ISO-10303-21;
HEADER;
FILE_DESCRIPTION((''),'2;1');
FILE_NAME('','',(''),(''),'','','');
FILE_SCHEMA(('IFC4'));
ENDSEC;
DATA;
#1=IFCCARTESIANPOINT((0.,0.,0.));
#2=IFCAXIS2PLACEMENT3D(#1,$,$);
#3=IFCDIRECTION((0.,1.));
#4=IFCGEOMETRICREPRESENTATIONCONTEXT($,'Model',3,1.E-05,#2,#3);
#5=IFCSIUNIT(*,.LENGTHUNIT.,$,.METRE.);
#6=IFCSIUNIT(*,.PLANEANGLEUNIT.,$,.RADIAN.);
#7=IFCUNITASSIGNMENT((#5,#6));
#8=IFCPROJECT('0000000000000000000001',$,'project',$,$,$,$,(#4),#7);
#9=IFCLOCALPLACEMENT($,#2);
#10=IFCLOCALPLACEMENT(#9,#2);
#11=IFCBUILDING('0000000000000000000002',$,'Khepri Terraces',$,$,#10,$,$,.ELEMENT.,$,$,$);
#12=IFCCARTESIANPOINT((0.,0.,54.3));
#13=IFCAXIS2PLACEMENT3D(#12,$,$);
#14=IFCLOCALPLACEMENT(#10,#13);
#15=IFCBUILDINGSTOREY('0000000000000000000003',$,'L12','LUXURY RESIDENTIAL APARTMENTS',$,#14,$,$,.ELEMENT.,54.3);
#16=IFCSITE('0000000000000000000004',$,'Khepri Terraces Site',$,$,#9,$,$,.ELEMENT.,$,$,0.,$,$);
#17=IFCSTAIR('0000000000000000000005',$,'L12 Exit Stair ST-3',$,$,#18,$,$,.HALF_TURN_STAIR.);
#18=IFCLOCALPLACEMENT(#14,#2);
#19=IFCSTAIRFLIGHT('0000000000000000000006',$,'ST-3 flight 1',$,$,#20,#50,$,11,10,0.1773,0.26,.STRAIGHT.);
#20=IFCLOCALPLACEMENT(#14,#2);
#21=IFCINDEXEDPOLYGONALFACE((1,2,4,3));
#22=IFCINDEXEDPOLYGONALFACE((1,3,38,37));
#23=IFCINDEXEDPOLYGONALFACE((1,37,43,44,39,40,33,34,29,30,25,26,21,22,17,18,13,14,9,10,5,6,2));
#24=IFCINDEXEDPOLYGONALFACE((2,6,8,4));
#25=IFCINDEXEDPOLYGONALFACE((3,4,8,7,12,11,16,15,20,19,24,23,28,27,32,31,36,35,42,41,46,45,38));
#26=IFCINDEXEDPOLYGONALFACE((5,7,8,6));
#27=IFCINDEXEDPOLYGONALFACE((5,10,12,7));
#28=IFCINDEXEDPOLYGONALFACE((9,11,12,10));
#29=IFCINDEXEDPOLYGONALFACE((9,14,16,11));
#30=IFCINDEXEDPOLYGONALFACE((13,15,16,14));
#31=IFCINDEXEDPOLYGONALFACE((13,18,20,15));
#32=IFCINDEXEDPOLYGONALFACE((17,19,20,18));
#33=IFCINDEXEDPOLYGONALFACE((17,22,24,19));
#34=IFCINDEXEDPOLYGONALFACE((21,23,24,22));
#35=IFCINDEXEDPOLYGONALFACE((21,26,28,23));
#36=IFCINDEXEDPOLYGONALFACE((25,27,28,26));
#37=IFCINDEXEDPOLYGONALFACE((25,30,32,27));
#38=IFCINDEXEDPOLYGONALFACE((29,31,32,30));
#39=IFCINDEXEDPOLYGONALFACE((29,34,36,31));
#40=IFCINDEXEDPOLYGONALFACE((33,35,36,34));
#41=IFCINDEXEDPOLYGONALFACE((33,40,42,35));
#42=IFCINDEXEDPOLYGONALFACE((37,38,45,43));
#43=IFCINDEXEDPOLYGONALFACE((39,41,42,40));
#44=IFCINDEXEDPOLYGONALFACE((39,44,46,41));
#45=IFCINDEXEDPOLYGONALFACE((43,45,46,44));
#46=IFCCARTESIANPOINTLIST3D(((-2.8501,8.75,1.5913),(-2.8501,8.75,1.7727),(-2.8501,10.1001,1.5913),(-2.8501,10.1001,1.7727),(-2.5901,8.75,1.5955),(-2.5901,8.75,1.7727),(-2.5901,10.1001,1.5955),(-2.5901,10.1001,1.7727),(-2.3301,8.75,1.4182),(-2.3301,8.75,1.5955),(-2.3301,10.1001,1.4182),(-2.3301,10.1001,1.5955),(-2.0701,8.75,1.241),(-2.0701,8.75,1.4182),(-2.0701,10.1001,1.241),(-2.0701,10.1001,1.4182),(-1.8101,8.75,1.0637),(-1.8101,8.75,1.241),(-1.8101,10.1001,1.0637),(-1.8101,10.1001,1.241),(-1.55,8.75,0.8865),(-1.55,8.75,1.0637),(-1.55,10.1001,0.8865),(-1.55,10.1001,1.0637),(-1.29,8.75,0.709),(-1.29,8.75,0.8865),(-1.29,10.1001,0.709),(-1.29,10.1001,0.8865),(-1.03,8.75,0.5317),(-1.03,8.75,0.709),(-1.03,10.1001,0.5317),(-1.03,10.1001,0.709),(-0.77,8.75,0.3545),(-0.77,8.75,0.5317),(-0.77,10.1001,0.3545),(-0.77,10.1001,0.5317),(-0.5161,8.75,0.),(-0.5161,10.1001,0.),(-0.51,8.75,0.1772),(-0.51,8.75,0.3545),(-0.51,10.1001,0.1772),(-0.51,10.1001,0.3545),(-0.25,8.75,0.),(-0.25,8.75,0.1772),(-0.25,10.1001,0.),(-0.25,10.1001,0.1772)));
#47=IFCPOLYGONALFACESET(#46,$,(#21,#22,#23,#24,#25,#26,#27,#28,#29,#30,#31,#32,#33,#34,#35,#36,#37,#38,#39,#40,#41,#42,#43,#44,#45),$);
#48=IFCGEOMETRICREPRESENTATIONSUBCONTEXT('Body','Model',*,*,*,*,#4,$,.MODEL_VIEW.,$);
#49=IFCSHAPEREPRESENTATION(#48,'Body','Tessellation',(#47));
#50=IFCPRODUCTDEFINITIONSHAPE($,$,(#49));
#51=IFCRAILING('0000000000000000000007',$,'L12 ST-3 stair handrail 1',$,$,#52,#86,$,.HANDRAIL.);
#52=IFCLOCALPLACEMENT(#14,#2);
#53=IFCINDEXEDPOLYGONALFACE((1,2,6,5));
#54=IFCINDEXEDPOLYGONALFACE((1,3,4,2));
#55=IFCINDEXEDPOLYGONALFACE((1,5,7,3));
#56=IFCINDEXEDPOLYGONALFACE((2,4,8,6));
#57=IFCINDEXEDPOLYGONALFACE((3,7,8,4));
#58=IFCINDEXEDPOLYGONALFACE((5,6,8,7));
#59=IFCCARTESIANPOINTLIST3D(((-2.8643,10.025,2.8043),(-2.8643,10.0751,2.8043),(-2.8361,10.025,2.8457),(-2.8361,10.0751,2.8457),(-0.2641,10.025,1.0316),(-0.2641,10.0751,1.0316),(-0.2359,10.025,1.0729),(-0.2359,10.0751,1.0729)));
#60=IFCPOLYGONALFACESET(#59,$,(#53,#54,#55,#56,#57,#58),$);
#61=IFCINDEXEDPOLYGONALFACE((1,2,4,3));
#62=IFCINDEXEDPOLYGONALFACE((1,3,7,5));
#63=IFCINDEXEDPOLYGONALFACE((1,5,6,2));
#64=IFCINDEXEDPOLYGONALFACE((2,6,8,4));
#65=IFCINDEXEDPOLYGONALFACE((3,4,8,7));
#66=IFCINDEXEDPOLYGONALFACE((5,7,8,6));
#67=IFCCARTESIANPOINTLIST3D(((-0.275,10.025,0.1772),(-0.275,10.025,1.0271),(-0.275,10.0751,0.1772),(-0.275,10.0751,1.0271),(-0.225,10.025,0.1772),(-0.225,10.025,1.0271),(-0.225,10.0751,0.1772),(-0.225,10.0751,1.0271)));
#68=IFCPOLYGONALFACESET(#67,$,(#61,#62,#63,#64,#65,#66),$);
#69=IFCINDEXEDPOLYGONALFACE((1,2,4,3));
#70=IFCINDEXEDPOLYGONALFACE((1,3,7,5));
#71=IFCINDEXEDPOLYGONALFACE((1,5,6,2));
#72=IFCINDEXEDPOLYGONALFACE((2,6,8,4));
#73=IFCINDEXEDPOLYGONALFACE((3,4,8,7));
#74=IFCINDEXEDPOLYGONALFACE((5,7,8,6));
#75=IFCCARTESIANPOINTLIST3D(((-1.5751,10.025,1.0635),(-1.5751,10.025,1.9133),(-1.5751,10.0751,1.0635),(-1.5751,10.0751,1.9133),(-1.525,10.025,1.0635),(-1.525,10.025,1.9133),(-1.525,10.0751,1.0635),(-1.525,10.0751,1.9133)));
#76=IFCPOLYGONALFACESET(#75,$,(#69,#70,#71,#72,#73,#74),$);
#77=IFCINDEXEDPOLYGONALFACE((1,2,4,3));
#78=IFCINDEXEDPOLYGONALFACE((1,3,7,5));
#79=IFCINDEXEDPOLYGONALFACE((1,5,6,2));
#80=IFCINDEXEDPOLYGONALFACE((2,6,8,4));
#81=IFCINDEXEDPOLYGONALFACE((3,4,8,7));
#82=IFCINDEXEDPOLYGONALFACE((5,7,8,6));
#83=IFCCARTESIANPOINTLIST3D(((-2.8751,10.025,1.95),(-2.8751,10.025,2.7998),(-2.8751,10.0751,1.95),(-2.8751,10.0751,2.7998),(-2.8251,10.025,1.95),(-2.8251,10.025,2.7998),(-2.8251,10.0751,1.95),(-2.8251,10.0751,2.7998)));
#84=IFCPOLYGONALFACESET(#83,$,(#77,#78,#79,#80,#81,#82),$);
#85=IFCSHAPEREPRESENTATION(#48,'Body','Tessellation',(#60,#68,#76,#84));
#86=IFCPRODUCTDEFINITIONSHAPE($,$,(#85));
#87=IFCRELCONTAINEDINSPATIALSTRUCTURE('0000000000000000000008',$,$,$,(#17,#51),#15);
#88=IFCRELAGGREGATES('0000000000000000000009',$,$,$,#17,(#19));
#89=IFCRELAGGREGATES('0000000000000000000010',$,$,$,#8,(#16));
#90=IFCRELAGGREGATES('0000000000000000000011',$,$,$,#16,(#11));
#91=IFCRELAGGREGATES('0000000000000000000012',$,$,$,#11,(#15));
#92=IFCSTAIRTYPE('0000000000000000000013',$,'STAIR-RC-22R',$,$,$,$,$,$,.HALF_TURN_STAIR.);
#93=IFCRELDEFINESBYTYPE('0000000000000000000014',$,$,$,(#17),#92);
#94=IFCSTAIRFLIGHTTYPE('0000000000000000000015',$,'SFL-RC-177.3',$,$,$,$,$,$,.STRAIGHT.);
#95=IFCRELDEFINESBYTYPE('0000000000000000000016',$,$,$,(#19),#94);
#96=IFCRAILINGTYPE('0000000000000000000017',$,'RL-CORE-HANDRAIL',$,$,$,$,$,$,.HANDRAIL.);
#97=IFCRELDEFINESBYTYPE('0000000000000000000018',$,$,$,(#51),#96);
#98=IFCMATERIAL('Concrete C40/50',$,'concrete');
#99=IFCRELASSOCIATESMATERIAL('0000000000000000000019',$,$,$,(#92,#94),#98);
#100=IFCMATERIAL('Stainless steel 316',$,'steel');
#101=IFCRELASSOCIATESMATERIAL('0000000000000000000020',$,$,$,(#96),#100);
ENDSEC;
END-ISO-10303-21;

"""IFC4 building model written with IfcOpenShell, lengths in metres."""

from ifc_helpers import new_model, si_unit, direction, frame, origin, origin_2d, place, context, subcontext, project, spatial, polyline, rectangle, outline, extrude, material, type_object, element, aggregate, save


model = new_model("IFC4")

# Units and contexts
model_context = context("Model", 3, precision=1e-05, world=origin(), true_north=direction((0.0, 1.0)))
body_context = subcontext(model_context, "Body", "Model", "MODEL_VIEW")
ifc_project = project(units=[si_unit("LENGTHUNIT", "METRE"), si_unit("PLANEANGLEUNIT", "RADIAN")], contexts=[model_context])

# Site, building, storey
site_placement = place(None, origin())
site = spatial("IfcSite", under=ifc_project, at=site_placement, Name="Khepri Terraces Site", CompositionType="ELEMENT", RefElevation=0.0)
building_placement = place(site_placement, origin())
building = spatial("IfcBuilding", under=site, at=building_placement, Name="Khepri Terraces", CompositionType="ELEMENT")
storey_placement = place(building_placement, frame((0.0, 0.0, 54.3)))
storey = spatial("IfcBuildingStorey", under=building, at=storey_placement, Name="L12", Description="LUXURY RESIDENTIAL APARTMENTS", CompositionType="ELEMENT", Elevation=54.3)

# Stair, stair flight
ifc_material_1 = material(Name="Concrete C40/50", Category="concrete")
stair_type = type_object("IfcStairType", Name="STAIR-RC-22R", PredefinedType="HALF_TURN_STAIR", material=ifc_material_1)
stair_placement = place(storey_placement, origin())
stair = element("IfcStair", 1, at=stair_placement, inside=storey, type_object=stair_type, Name="L12 Exit Stair ST-3", PredefinedType="HALF_TURN_STAIR")
stair_flight_type = type_object("IfcStairFlightType", Name="SFL-RC-177.3", PredefinedType="STRAIGHT", material=ifc_material_1)
stair_flight_placement = place(storey_placement, frame((-0.25, 9.425, 0.0), z_axis=(0.0, 0.0, 1.0), x_axis=(-1.0, 0.0, 0.0)))
stair_flight = element("IfcStairFlight", 2, at=stair_flight_placement, type_object=stair_flight_type, Name="ST-3 flight 1", NumberOfRisers=11, NumberOfTreads=10, PredefinedType="STRAIGHT", RiserHeight=0.1773, TreadLength=0.26, context=body_context, shape_type="SweptSolid", body=[
    extrude(outline(polyline([(0.0, 0.0), (0.0, 0.1772), (0.26, 0.1772), (0.26, 0.3545), (0.52, 0.3545), (0.52, 0.5317), (0.78, 0.5317), (0.78, 0.709), (1.04, 0.709), (1.04, 0.8865), (1.3, 0.8865), (1.3, 1.0637), (1.5601, 1.0637), (1.5601, 1.241), (1.8201, 1.241), (1.8201, 1.4182), (2.0801, 1.4182), (2.0801, 1.5955), (2.3401, 1.5955), (2.3401, 1.7727), (2.6001, 1.7727), (2.6001, 1.95), (2.6001, 1.5913), (0.2661, 0.0), (0.0, 0.0)])), frame((0.0, 0.675, 0.0), z_axis=(0.0, -1.0, 0.0), x_axis=(1.0, 0.0, 0.0)), (0.0, 0.0, 1.0), 1.3501),
])
aggregate(stair, [stair_flight])

# Railing
ifc_material_2 = material(Name="Stainless steel 316", Category="steel")
railing_type = type_object("IfcRailingType", Name="RL-CORE-HANDRAIL", PredefinedType="HANDRAIL", material=ifc_material_2)
railing_placement = place(storey_placement, frame((-0.25, 10.05, 0.1772)))
element("IfcRailing", 3, at=railing_placement, inside=storey, type_object=railing_type, Name="L12 ST-3 stair handrail 1", PredefinedType="HANDRAIL", context=body_context, shape_type="SweptSolid", body=[
    extrude(rectangle(XDim=0.05, YDim=0.05, at=origin_2d()), frame((0.0, 0.0, 0.875), z_axis=(-0.82624, 0.0, 0.563318), x_axis=(0.0, -1.0, 0.0)), (0.0, 0.0, 1.0), 3.147),
    extrude(rectangle(XDim=0.05, YDim=0.05, at=origin_2d()), origin(), (0.0, 0.0, 1.0), 0.8499),
    extrude(rectangle(XDim=0.05, YDim=0.05, at=origin_2d()), frame((-1.3, 0.0, 0.8862)), (0.0, 0.0, 1.0), 0.8499),
    extrude(rectangle(XDim=0.05, YDim=0.05, at=origin_2d()), frame((-2.6001, 0.0, 1.7727)), (0.0, 0.0, 1.0), 0.8499),
])

save(model, "model.ifc")
